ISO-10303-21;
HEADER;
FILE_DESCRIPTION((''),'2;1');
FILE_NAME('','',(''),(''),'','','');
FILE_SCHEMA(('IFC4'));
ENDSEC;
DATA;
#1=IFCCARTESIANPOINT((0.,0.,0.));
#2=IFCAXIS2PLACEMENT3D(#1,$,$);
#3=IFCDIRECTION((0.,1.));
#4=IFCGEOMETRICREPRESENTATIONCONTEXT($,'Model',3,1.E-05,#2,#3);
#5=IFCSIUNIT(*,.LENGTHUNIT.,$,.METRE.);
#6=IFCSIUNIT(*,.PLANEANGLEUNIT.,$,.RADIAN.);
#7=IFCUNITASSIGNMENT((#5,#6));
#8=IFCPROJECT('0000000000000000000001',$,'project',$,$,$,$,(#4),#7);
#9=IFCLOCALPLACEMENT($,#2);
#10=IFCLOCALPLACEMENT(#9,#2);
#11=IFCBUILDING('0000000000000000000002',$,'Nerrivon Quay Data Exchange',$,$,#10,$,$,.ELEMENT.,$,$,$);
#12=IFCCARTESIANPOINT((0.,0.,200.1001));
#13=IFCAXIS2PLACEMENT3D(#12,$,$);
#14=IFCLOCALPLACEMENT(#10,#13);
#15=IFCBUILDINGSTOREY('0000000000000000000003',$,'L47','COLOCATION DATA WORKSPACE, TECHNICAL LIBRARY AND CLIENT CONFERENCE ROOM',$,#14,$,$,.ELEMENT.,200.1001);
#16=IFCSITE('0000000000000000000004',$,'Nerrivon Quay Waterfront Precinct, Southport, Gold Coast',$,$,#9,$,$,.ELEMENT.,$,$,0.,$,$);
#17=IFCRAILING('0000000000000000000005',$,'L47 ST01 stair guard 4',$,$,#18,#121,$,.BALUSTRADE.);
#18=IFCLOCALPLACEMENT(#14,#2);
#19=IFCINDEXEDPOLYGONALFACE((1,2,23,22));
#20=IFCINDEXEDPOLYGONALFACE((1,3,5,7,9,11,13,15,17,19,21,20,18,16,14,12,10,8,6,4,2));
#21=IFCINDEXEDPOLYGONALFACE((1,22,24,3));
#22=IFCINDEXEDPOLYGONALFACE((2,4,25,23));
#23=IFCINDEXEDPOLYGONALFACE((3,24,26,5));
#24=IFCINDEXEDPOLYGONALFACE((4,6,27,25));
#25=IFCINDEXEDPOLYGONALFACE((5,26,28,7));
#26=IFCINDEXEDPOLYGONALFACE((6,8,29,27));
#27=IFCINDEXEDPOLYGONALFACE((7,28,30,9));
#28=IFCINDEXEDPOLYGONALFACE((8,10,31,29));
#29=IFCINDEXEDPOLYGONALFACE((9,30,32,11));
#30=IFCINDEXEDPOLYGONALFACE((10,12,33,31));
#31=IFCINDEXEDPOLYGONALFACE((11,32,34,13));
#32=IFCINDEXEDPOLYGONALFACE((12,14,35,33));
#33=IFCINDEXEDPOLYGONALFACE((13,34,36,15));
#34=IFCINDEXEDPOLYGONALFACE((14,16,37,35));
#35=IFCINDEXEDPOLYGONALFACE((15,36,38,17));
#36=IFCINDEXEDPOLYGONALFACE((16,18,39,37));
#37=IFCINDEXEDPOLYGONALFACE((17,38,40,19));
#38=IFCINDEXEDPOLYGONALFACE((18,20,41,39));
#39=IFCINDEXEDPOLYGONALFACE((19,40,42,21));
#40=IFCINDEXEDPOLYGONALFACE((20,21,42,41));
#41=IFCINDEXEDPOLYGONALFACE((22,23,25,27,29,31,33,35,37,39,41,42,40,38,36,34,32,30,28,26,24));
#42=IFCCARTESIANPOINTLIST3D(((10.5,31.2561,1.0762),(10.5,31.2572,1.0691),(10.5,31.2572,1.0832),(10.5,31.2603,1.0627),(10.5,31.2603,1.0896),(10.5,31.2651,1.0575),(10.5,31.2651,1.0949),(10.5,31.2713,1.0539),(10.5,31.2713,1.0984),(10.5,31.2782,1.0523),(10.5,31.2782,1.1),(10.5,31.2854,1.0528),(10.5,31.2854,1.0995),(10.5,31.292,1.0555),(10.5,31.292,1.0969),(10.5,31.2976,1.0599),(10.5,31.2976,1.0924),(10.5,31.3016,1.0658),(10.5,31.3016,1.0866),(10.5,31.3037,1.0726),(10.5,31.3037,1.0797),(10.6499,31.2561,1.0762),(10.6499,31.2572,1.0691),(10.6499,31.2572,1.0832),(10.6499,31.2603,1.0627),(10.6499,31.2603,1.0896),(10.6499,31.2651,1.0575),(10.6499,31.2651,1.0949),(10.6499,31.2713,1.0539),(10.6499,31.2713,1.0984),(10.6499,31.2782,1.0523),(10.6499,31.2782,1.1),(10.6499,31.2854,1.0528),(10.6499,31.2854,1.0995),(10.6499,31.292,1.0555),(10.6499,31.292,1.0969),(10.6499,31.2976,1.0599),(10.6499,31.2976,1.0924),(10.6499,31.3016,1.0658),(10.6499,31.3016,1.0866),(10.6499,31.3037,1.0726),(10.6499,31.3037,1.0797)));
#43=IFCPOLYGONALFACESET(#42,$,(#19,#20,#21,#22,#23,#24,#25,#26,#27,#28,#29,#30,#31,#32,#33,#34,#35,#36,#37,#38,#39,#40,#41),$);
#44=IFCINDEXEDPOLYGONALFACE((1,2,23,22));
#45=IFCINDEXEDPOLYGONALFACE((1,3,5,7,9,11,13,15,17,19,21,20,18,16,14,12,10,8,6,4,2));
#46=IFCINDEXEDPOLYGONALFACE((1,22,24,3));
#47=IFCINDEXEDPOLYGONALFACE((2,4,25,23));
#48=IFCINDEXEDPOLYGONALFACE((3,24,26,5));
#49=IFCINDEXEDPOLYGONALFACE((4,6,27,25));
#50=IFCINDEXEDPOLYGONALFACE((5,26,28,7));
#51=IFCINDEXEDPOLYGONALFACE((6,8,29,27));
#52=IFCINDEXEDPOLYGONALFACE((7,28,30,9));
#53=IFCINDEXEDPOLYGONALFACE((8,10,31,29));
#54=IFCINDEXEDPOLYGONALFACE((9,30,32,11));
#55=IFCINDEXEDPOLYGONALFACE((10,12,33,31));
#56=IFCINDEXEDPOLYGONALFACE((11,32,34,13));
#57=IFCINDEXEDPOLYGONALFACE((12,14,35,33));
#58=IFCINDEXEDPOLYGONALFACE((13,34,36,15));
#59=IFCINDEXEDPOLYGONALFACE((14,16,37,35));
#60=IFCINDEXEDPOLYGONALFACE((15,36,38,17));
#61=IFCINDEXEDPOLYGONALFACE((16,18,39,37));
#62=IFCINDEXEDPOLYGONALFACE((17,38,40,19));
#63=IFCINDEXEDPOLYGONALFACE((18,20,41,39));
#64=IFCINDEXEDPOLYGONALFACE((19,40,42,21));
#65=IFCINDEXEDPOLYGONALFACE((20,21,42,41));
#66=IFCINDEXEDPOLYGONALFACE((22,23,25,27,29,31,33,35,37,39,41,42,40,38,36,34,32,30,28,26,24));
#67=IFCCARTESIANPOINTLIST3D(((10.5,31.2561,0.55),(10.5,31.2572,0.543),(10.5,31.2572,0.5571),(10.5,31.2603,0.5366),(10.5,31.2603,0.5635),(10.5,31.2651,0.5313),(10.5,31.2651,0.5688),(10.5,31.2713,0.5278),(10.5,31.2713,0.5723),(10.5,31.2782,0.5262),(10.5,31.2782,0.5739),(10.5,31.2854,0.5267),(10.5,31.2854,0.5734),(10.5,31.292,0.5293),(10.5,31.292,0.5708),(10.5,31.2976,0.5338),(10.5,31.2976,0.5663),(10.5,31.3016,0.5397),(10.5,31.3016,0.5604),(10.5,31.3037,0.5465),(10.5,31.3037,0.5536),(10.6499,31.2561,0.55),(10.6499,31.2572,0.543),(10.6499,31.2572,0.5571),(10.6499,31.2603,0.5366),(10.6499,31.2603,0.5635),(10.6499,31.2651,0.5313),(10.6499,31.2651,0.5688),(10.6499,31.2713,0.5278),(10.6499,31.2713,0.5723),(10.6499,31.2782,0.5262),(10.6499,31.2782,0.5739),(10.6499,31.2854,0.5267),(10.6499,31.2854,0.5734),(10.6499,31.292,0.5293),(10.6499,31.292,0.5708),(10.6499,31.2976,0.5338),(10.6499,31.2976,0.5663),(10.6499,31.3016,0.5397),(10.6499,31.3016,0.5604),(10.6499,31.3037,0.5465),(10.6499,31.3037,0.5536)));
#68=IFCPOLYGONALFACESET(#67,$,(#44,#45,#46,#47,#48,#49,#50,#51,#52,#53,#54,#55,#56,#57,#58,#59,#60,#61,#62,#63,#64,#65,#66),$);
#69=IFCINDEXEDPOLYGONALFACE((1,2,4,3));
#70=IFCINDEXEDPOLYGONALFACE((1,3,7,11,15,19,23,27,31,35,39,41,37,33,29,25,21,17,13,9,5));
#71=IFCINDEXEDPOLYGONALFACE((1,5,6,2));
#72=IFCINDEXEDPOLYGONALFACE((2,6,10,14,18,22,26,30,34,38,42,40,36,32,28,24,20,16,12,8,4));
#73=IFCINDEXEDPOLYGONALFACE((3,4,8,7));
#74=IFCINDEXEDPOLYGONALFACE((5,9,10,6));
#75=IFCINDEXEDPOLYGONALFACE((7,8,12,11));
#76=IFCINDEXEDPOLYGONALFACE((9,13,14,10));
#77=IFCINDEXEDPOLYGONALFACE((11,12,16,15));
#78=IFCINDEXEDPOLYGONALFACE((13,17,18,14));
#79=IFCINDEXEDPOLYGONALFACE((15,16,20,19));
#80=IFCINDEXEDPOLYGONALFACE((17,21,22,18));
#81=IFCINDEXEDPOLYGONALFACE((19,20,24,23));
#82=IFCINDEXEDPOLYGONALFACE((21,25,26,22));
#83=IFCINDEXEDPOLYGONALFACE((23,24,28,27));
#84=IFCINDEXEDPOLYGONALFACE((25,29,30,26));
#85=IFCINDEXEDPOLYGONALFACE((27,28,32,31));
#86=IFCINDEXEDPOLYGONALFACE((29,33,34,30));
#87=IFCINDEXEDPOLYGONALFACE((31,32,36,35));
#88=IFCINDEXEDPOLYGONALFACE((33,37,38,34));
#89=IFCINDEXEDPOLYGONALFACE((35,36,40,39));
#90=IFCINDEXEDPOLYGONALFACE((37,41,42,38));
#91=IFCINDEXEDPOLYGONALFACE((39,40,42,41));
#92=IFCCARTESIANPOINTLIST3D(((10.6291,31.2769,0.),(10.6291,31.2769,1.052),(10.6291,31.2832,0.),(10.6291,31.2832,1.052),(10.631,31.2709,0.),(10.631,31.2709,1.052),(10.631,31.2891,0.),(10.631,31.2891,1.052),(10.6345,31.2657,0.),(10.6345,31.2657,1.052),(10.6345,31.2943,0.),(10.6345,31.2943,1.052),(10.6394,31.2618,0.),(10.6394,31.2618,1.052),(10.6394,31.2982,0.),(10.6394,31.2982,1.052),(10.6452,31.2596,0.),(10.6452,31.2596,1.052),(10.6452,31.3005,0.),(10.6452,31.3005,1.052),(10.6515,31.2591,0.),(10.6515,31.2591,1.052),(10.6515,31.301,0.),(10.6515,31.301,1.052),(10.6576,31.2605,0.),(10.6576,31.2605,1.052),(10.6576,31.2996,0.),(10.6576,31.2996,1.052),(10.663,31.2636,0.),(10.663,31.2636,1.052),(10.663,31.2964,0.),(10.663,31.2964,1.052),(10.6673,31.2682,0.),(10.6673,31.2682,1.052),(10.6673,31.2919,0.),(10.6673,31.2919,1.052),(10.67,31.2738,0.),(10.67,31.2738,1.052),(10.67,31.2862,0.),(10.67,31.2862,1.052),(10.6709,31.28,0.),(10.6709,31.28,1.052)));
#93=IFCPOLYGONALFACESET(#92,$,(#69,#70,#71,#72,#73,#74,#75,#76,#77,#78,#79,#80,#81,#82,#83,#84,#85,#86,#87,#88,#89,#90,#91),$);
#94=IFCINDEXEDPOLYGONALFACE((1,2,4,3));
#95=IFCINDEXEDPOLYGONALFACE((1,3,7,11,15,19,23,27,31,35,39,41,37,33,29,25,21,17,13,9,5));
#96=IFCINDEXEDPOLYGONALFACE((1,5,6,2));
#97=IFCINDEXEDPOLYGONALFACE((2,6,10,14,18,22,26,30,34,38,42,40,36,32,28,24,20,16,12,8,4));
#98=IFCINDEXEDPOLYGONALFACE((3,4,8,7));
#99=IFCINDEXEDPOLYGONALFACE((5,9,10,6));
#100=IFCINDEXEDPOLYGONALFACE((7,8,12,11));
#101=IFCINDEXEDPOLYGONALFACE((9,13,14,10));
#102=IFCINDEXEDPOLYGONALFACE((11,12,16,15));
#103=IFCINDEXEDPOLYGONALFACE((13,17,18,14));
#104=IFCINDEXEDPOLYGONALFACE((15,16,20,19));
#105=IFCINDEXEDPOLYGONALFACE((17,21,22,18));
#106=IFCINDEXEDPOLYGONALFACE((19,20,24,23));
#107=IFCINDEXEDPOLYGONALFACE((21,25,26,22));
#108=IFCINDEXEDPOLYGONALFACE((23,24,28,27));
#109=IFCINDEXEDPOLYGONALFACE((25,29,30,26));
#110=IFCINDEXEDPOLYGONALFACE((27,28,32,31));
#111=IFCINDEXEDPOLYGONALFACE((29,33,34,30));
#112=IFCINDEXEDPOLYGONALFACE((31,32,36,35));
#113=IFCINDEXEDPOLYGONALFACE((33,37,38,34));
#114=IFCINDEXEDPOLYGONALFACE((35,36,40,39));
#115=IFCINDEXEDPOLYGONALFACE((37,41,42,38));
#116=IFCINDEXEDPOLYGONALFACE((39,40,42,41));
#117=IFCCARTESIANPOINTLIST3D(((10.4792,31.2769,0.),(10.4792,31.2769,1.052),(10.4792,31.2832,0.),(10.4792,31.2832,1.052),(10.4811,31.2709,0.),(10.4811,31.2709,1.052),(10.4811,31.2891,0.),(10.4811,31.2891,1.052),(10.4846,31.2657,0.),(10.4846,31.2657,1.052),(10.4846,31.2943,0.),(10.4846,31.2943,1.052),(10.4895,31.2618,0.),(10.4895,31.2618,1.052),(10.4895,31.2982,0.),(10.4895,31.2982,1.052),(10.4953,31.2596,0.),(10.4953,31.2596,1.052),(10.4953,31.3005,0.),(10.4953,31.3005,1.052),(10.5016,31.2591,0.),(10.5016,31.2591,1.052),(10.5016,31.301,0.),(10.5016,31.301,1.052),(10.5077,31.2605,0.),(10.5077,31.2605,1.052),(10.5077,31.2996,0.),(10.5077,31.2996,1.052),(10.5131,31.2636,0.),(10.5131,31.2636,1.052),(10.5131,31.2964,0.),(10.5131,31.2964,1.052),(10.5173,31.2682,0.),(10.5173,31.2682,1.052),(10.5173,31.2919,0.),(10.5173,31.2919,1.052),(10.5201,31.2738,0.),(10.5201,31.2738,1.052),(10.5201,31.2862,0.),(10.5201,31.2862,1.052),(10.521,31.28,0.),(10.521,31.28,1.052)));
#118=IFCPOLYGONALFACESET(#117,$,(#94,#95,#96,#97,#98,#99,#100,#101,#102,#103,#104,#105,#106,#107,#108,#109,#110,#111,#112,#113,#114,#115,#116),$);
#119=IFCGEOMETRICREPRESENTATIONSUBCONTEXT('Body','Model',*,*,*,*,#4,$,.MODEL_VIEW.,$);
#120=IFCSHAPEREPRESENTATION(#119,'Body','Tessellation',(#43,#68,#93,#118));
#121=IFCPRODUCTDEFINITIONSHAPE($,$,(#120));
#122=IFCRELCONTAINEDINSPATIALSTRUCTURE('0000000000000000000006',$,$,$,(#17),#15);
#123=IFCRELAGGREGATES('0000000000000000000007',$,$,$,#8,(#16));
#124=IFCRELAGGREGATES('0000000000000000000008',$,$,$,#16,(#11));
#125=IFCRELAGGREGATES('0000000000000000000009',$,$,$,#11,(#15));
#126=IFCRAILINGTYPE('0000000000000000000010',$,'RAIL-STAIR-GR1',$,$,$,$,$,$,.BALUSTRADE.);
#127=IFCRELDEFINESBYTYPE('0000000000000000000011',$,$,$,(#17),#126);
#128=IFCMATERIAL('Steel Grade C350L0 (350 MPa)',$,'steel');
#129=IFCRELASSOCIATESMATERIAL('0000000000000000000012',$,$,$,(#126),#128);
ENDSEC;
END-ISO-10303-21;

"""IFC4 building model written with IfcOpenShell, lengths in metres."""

from ifc_helpers import new_model, si_unit, direction, frame, origin, origin_2d, place, context, subcontext, project, spatial, circle, extrude, material, type_object, element, save


model = new_model("IFC4")

# Units and contexts
model_context = context("Model", 3, precision=1e-05, world=origin(), true_north=direction((0.0, 1.0)))
body_context = subcontext(model_context, "Body", "Model", "MODEL_VIEW")
ifc_project = project(units=[si_unit("LENGTHUNIT", "METRE"), si_unit("PLANEANGLEUNIT", "RADIAN")], contexts=[model_context])

# Site, building, storey
site_placement = place(None, origin())
site = spatial("IfcSite", under=ifc_project, at=site_placement, Name="Nerrivon Quay Waterfront Precinct, Southport, Gold Coast", CompositionType="ELEMENT", RefElevation=0.0)
building_placement = place(site_placement, origin())
building = spatial("IfcBuilding", under=site, at=building_placement, Name="Nerrivon Quay Data Exchange", CompositionType="ELEMENT")
storey_placement = place(building_placement, frame((0.0, 0.0, 200.1001)))
storey = spatial("IfcBuildingStorey", under=building, at=storey_placement, Name="L47", Description="COLOCATION DATA WORKSPACE, TECHNICAL LIBRARY AND CLIENT CONFERENCE ROOM", CompositionType="ELEMENT", Elevation=200.1001)

# Railing
ifc_material_1 = material(Name="Steel Grade C350L0 (350 MPa)", Category="steel")
railing_type_1 = type_object("IfcRailingType", Name="RAIL-STAIR-GR1", PredefinedType="BALUSTRADE", material=ifc_material_1)
railing_1_placement = place(storey_placement, frame((10.6499, 31.28, 0.0)))
element("IfcRailing", 1, at=railing_1_placement, inside=storey, type_object=railing_type_1, Name="L47 ST01 stair guard 4", PredefinedType="BALUSTRADE", context=body_context, shape_type="SweptSolid", body=[
    extrude(circle(Radius=0.0239, at=origin_2d()), frame((0.0, 0.0, 1.0762), z_axis=(-1.0, 0.0, 0.0), x_axis=(0.0, -1.0, 0.0)), (0.0, 0.0, 1.0), 0.1499),
    extrude(circle(Radius=0.0239, at=origin_2d()), frame((0.0, 0.0, 0.55), z_axis=(-1.0, 0.0, 0.0), x_axis=(0.0, -1.0, 0.0)), (0.0, 0.0, 1.0), 0.1499),
    extrude(circle(Radius=0.021, at=origin_2d()), origin(), (0.0, 0.0, 1.0), 1.052),
    extrude(circle(Radius=0.021, at=origin_2d()), frame((-0.1499, 0.0, 0.0)), (0.0, 0.0, 1.0), 1.052),
])

save(model, "model.ifc")
